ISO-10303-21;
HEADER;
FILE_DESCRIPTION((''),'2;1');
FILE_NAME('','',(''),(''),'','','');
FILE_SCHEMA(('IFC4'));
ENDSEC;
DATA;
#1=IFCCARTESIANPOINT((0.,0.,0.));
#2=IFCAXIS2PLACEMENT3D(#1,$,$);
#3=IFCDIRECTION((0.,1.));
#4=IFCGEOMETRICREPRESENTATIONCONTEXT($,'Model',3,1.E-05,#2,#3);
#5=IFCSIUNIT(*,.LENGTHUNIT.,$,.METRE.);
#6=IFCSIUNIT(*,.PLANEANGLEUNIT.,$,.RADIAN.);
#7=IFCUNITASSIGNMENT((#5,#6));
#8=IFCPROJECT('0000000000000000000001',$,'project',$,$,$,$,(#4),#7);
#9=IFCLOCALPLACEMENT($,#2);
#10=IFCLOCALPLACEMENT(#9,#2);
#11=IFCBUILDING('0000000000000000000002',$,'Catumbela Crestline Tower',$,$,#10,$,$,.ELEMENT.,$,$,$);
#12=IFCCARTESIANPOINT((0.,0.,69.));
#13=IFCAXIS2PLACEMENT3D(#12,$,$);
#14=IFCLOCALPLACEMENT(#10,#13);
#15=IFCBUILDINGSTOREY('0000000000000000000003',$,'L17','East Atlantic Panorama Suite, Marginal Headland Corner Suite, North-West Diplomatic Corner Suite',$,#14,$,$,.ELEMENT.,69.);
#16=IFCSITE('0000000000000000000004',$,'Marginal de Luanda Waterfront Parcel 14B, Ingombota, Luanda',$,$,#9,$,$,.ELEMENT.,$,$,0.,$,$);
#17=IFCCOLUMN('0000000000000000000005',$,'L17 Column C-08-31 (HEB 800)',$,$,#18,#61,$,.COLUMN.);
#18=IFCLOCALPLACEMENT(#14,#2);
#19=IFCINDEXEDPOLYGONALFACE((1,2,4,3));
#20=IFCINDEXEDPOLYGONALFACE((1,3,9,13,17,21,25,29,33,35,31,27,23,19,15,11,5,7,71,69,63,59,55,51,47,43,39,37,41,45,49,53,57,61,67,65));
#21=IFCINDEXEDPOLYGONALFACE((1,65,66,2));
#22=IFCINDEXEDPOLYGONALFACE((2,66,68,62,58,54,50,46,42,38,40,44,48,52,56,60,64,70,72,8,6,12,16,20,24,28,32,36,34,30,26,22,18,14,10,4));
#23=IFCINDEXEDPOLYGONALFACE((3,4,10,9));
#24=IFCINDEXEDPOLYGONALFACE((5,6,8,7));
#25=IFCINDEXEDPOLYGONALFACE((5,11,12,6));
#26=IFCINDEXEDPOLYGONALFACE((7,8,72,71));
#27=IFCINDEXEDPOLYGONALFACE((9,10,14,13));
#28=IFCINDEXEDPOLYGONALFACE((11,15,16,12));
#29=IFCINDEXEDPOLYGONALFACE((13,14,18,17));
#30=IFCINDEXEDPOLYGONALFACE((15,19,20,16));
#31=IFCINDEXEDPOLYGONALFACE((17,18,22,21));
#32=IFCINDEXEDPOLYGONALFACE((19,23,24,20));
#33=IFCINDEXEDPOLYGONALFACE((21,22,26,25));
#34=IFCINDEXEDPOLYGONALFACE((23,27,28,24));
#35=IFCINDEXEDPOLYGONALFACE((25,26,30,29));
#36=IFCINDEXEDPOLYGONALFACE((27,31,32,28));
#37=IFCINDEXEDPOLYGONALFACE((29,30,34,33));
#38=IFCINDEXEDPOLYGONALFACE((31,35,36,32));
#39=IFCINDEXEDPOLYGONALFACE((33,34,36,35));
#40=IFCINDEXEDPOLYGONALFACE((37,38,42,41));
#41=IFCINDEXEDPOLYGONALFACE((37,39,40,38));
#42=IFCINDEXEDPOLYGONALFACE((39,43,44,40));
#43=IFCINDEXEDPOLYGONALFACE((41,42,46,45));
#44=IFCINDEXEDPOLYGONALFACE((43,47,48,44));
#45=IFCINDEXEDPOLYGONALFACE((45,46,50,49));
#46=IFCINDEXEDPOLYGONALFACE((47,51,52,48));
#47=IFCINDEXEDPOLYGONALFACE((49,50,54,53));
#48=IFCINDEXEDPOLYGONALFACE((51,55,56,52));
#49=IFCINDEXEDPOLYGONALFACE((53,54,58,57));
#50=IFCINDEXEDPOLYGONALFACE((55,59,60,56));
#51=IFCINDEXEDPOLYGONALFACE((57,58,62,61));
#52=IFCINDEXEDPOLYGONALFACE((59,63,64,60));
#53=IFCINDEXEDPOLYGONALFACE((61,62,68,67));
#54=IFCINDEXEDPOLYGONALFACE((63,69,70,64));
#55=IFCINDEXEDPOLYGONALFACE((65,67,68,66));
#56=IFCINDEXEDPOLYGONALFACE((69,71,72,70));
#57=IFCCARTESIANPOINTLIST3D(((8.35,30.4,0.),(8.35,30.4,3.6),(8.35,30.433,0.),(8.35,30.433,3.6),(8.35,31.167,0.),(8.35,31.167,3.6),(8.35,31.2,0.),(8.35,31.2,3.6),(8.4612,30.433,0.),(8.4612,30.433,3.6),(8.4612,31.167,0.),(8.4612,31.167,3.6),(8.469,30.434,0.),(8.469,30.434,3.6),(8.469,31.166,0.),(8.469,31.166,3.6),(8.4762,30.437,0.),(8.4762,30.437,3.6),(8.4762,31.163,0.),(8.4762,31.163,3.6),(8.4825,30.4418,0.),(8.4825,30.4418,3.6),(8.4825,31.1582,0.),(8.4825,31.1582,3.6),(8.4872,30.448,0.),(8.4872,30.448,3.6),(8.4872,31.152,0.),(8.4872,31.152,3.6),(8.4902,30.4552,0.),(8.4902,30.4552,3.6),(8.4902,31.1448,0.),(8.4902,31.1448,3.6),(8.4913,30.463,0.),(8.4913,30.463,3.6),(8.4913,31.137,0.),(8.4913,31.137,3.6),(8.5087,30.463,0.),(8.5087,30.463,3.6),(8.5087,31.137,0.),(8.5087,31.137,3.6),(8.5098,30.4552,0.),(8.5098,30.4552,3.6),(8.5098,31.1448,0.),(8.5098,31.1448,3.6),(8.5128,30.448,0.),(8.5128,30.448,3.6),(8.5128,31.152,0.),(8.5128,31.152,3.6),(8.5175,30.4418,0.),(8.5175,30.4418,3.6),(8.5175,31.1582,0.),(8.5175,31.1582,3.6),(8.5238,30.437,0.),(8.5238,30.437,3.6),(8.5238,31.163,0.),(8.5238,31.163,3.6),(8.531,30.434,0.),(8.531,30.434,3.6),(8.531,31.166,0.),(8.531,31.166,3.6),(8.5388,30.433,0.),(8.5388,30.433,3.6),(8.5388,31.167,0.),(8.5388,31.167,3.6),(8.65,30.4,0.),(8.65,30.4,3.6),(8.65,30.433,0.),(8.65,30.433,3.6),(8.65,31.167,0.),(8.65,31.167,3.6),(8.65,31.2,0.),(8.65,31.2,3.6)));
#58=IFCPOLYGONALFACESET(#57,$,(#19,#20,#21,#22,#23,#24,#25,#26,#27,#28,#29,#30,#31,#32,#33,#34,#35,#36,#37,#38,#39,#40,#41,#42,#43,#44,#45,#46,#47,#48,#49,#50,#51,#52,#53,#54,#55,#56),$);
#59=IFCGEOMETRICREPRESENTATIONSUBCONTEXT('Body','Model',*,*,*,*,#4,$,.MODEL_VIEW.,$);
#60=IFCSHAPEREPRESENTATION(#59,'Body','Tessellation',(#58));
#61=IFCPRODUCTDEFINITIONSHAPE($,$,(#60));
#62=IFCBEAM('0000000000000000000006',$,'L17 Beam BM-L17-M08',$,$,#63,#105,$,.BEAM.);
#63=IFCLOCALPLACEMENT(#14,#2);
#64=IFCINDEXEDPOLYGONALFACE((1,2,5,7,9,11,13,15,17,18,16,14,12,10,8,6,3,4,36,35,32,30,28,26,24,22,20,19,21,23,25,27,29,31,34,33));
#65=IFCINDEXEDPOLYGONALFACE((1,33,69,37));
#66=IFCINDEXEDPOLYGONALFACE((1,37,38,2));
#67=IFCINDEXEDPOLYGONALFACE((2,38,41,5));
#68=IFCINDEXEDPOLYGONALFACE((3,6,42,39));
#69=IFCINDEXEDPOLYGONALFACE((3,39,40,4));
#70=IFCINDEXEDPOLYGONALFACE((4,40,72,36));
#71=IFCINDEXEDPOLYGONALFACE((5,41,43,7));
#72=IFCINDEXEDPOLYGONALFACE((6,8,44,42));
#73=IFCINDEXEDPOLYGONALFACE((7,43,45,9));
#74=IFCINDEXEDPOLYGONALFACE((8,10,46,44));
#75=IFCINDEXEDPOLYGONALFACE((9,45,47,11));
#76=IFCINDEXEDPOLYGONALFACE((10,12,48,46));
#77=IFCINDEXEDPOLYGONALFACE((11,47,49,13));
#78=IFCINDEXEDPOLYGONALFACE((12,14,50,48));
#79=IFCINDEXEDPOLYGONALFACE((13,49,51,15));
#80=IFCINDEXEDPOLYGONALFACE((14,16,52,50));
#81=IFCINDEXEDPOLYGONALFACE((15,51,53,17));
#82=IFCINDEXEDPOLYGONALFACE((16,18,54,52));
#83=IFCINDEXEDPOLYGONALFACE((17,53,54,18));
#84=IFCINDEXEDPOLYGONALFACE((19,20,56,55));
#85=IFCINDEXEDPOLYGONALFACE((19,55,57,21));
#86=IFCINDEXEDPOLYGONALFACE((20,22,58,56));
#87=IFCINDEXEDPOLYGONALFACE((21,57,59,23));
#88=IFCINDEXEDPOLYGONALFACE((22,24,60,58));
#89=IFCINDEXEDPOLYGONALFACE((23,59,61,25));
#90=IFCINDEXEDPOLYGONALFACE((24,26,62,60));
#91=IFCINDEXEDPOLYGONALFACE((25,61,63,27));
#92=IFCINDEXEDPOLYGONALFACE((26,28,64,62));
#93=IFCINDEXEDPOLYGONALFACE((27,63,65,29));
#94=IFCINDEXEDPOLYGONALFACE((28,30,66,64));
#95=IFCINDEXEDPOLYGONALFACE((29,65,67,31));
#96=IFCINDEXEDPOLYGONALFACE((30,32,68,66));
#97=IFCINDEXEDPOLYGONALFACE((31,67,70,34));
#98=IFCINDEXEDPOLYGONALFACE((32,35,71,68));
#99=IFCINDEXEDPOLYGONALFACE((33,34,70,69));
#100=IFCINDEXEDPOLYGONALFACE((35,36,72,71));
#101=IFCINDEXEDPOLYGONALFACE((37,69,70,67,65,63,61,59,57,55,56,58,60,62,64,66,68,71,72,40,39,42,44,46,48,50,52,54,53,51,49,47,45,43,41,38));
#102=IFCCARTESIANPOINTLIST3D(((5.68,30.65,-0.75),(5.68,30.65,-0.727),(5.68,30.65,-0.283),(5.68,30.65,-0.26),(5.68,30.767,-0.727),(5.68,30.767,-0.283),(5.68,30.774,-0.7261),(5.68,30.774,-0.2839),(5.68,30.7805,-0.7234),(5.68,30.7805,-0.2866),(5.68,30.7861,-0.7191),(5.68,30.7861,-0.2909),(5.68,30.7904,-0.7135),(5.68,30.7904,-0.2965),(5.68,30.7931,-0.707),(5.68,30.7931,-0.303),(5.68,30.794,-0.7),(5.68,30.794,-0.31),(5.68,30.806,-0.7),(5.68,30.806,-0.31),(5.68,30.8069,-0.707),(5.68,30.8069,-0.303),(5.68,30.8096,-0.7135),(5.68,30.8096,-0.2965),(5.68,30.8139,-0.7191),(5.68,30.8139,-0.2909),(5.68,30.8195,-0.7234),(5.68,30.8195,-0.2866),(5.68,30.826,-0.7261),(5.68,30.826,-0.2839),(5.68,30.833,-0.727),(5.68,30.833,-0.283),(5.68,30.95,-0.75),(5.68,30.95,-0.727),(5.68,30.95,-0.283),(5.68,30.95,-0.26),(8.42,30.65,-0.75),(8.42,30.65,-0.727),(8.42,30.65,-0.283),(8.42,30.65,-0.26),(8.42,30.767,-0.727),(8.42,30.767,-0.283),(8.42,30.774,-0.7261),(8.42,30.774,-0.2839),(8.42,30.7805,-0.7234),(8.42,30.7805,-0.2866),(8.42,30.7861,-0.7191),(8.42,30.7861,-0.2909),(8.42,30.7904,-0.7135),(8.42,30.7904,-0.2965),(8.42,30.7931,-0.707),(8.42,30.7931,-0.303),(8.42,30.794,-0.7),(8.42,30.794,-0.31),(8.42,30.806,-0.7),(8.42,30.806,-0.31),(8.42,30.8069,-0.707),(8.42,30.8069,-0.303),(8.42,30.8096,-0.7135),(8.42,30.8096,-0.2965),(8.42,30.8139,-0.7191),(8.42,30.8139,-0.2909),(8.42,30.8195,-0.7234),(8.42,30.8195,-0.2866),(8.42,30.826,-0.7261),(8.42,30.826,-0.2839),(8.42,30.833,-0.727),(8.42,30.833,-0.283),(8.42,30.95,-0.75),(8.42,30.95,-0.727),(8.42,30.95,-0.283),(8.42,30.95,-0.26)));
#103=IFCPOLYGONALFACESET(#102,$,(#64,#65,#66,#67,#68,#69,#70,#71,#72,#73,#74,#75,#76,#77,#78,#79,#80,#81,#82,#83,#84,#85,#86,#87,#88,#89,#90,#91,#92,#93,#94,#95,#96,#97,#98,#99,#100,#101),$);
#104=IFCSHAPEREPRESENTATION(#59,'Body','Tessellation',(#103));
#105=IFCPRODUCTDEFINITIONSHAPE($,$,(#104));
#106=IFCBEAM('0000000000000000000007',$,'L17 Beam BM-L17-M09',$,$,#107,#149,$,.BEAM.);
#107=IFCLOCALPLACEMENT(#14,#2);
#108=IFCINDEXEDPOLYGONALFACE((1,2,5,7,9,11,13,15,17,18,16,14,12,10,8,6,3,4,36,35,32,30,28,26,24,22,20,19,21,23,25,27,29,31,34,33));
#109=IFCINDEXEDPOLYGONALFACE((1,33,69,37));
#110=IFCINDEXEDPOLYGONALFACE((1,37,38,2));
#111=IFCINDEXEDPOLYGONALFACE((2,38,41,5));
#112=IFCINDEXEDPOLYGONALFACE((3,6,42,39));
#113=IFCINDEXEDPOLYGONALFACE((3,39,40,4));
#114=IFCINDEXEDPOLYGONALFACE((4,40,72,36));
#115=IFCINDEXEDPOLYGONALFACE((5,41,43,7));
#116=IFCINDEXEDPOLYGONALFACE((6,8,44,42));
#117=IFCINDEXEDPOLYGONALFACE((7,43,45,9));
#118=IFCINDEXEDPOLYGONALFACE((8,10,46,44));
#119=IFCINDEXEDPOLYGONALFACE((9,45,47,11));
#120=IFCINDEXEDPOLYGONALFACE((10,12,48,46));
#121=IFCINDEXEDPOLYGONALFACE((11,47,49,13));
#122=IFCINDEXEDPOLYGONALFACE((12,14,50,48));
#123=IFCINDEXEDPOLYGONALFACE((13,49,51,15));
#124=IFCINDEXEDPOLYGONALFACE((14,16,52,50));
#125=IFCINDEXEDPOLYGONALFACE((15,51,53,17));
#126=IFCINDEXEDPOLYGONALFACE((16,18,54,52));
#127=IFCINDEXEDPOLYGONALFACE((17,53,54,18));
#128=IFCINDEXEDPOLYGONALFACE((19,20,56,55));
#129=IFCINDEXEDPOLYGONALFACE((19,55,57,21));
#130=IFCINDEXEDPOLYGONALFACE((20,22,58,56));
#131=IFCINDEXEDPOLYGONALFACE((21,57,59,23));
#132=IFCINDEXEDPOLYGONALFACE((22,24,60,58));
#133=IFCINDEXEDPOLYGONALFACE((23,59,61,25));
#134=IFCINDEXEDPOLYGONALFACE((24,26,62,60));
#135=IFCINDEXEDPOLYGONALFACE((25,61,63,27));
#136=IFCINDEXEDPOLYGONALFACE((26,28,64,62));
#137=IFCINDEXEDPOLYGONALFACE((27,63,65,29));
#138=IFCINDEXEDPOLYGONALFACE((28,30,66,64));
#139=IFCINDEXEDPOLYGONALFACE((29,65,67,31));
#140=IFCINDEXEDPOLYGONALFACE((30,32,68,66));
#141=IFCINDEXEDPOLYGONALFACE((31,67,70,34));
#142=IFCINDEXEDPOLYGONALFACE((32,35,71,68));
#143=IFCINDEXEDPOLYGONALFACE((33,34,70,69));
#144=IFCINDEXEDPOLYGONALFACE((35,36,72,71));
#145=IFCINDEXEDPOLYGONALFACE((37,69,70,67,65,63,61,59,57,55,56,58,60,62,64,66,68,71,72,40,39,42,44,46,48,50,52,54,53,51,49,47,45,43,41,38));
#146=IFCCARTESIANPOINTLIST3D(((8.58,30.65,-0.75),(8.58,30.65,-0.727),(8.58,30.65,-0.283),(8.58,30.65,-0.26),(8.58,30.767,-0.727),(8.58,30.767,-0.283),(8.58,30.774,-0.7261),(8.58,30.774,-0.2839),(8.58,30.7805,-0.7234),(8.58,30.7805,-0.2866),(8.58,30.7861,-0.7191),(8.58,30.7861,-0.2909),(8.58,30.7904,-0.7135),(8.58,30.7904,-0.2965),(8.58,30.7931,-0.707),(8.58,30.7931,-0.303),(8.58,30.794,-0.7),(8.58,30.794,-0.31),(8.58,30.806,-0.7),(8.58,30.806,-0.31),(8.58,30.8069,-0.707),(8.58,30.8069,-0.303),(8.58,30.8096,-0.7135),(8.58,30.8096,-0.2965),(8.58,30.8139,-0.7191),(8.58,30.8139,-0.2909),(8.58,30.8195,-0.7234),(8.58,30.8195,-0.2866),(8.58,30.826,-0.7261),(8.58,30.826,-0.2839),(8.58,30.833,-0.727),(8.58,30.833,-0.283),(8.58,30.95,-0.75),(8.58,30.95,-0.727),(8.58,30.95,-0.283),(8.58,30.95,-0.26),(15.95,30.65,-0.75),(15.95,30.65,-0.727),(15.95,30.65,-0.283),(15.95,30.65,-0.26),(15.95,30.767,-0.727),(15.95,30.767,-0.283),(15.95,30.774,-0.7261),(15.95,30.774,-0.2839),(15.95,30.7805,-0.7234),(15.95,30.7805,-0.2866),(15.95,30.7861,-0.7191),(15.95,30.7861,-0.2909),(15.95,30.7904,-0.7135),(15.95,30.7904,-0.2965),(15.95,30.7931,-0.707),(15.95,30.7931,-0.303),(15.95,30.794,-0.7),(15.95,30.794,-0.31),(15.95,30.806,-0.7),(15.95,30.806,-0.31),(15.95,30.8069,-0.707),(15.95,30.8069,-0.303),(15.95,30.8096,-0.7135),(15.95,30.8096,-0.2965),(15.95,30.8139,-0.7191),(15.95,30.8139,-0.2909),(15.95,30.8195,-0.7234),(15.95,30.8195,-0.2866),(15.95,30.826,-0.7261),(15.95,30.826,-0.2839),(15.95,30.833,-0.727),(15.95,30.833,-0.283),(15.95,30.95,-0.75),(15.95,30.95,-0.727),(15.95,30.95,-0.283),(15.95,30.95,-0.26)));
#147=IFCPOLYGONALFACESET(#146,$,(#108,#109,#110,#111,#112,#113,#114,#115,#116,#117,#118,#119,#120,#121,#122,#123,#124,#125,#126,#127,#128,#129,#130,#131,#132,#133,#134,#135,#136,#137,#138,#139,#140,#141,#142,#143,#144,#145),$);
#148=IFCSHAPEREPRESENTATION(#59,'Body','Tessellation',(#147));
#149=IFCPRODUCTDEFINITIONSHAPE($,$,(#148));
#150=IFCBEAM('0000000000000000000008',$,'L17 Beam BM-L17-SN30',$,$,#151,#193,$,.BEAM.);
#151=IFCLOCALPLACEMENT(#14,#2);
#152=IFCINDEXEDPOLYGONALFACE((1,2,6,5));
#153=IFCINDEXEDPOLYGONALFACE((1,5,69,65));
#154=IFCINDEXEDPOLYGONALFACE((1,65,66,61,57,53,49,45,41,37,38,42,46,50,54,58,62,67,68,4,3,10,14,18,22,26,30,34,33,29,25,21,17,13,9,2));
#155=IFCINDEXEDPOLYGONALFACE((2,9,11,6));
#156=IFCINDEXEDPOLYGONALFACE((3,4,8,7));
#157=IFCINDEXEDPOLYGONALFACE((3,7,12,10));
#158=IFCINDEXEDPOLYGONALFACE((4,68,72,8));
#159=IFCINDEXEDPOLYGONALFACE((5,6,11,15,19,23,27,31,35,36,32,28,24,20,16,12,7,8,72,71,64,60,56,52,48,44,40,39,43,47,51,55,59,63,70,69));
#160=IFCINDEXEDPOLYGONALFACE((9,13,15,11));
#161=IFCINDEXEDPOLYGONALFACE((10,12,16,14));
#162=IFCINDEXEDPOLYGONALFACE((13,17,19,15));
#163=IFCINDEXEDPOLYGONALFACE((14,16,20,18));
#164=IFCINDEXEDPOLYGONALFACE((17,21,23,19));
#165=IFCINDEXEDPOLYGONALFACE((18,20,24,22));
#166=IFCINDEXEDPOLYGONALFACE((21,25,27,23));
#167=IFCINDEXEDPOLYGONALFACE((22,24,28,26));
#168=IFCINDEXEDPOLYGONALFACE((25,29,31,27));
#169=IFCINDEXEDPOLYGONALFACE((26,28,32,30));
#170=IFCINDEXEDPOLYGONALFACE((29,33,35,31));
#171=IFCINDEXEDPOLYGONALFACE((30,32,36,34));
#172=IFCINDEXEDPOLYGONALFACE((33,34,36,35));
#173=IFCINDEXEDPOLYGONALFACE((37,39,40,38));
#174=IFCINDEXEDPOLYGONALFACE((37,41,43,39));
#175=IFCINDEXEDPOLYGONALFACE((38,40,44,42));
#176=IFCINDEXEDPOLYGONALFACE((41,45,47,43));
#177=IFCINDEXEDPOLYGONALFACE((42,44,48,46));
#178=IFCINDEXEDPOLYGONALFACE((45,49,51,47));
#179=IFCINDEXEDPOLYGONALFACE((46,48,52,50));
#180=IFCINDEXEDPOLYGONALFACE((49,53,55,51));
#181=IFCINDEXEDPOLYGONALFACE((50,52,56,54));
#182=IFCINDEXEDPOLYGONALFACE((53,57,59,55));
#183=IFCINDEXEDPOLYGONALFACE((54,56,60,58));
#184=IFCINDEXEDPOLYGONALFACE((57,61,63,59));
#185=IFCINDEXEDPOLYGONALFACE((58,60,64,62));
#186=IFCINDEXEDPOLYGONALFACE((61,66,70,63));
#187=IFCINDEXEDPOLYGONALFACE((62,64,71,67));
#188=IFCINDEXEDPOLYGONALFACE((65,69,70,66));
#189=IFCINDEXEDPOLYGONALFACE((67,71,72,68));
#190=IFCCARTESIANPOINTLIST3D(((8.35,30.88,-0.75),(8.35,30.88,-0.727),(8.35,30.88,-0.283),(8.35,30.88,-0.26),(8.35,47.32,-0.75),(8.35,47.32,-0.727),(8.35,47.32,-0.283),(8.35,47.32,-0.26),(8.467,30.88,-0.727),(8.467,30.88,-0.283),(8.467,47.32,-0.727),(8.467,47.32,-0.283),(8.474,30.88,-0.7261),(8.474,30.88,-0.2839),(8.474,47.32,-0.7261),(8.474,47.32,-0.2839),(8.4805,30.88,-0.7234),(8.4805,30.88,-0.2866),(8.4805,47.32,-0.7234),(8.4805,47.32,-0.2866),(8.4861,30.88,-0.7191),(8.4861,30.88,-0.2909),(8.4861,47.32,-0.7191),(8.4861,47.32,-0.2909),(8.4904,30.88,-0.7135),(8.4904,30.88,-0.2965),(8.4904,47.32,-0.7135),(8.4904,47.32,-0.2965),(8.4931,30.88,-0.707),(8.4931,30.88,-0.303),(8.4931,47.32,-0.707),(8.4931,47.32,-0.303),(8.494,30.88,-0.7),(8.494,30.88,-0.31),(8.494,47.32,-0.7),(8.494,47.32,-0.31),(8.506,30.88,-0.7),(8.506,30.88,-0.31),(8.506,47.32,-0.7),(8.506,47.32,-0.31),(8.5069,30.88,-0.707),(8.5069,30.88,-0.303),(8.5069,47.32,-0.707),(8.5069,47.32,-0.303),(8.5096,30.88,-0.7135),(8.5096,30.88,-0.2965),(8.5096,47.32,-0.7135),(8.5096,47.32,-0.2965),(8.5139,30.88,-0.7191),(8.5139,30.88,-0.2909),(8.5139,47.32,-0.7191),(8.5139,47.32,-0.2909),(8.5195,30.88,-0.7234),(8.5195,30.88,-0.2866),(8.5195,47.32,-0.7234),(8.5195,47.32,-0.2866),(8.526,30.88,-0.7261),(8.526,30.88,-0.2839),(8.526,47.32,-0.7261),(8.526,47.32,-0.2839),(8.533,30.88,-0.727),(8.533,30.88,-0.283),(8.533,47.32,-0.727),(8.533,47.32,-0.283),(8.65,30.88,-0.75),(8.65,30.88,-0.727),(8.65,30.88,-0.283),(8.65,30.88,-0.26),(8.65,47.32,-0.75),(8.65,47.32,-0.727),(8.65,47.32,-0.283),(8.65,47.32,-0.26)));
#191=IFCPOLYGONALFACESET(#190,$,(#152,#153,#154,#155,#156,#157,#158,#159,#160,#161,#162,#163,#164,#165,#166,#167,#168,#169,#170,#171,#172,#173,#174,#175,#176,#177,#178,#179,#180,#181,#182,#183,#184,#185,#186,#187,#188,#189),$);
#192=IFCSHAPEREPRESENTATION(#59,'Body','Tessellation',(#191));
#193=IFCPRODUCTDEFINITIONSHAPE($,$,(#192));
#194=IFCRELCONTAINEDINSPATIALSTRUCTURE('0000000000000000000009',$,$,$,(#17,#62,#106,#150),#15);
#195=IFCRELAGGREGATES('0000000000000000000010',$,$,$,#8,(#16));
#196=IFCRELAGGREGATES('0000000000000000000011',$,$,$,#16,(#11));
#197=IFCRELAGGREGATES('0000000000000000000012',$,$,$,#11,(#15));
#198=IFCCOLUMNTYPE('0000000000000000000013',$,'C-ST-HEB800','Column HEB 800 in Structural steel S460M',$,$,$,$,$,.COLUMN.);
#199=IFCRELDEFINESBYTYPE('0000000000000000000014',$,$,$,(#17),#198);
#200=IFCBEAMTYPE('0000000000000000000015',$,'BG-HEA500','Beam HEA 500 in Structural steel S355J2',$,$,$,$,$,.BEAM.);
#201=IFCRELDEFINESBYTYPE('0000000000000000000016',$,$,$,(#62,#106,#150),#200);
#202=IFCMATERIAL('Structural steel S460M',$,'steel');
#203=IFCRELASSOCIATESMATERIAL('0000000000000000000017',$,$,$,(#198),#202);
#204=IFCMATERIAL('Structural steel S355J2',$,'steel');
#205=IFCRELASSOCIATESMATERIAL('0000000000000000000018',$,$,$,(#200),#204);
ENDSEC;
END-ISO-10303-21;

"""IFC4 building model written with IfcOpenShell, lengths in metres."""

from ifc_helpers import new_model, si_unit, direction, frame, origin, origin_2d, place, context, subcontext, project, spatial, i_section, extrude, material, material_profile, profile_set, type_object, element, save


model = new_model("IFC4")

# Units and contexts
model_context = context("Model", 3, precision=1e-05, world=origin(), true_north=direction((0.0, 1.0)))
body_context = subcontext(model_context, "Body", "Model", "MODEL_VIEW")
ifc_project = project(units=[si_unit("LENGTHUNIT", "METRE"), si_unit("PLANEANGLEUNIT", "RADIAN")], contexts=[model_context])

# Site, building, storey
site_placement = place(None, origin())
site = spatial("IfcSite", under=ifc_project, at=site_placement, Name="Marginal de Luanda Waterfront Parcel 14B, Ingombota, Luanda", CompositionType="ELEMENT", RefElevation=0.0)
building_placement = place(site_placement, origin())
building = spatial("IfcBuilding", under=site, at=building_placement, Name="Catumbela Crestline Tower", CompositionType="ELEMENT")
storey_placement = place(building_placement, frame((0.0, 0.0, 69.0)))
storey = spatial("IfcBuildingStorey", under=building, at=storey_placement, Name="L17", Description="East Atlantic Panorama Suite, Marginal Headland Corner Suite, North-West Diplomatic Corner Suite", CompositionType="ELEMENT", Elevation=69.0)

# Column
ifc_material_1 = material(Name="Structural steel S460M", Category="steel")
ifc_material_profile_1 = material_profile(ifc_material_1, i_section(OverallWidth=0.3, OverallDepth=0.8, WebThickness=0.0175, FlangeThickness=0.033, FilletRadius=0.03, at=origin_2d()), Name="HEB 800")
ifc_profile_set_1 = profile_set([ifc_material_profile_1], Name="Structural steel S460M")
column_type = type_object("IfcColumnType", Name="C-ST-HEB800", Description="Column HEB 800 in Structural steel S460M", PredefinedType="COLUMN", material=ifc_profile_set_1)
column_placement = place(storey_placement, frame((8.5, 30.8, 0.0), z_axis=(0.0, 0.0, 1.0), x_axis=(1.0, 0.0, 0.0)))
element("IfcColumn", 1, at=column_placement, inside=storey, type_object=column_type, Name="L17 Column C-08-31 (HEB 800)", PredefinedType="COLUMN", context=body_context, shape_type="SweptSolid", body=[
    extrude(i_section(OverallWidth=0.3, OverallDepth=0.8, WebThickness=0.0175, FlangeThickness=0.033, FilletRadius=0.03, at=origin_2d()), origin(), (0.0, 0.0, 1.0), 3.6),
])

# Beams
ifc_material_2 = material(Name="Structural steel S355J2", Category="steel")
ifc_material_profile_2 = material_profile(ifc_material_2, i_section(OverallWidth=0.3, OverallDepth=0.49, WebThickness=0.012, FlangeThickness=0.023, FilletRadius=0.027, at=origin_2d()), Name="HEA 500")
ifc_profile_set_2 = profile_set([ifc_material_profile_2], Name="Structural steel S355J2")
beam_type = type_object("IfcBeamType", Name="BG-HEA500", Description="Beam HEA 500 in Structural steel S355J2", PredefinedType="BEAM", material=ifc_profile_set_2)
beam_1_placement = place(storey_placement, frame((5.68, 30.8, -0.505), z_axis=(1.0, 0.0, 0.0), x_axis=(0.0, 1.0, 0.0)))
element("IfcBeam", 2, at=beam_1_placement, inside=storey, type_object=beam_type, Name="L17 Beam BM-L17-M08", PredefinedType="BEAM", context=body_context, shape_type="SweptSolid", body=[
    extrude(i_section(OverallWidth=0.3, OverallDepth=0.49, WebThickness=0.012, FlangeThickness=0.023, FilletRadius=0.027, at=origin_2d()), origin(), (0.0, 0.0, 1.0), 2.74),
])
beam_2_placement = place(storey_placement, frame((8.58, 30.8, -0.505), z_axis=(1.0, 0.0, 0.0), x_axis=(0.0, 1.0, 0.0)))
element("IfcBeam", 3, at=beam_2_placement, inside=storey, type_object=beam_type, Name="L17 Beam BM-L17-M09", PredefinedType="BEAM", context=body_context, shape_type="SweptSolid", body=[
    extrude(i_section(OverallWidth=0.3, OverallDepth=0.49, WebThickness=0.012, FlangeThickness=0.023, FilletRadius=0.027, at=origin_2d()), origin(), (0.0, 0.0, 1.0), 7.37),
])
beam_3_placement = place(storey_placement, frame((8.5, 30.88, -0.505), z_axis=(0.0, 1.0, 0.0), x_axis=(-1.0, 0.0, 0.0)))
element("IfcBeam", 4, at=beam_3_placement, inside=storey, type_object=beam_type, Name="L17 Beam BM-L17-SN30", PredefinedType="BEAM", context=body_context, shape_type="SweptSolid", body=[
    extrude(i_section(OverallWidth=0.3, OverallDepth=0.49, WebThickness=0.012, FlangeThickness=0.023, FilletRadius=0.027, at=origin_2d()), origin(), (0.0, 0.0, 1.0), 16.44),
])

save(model, "model.ifc")
